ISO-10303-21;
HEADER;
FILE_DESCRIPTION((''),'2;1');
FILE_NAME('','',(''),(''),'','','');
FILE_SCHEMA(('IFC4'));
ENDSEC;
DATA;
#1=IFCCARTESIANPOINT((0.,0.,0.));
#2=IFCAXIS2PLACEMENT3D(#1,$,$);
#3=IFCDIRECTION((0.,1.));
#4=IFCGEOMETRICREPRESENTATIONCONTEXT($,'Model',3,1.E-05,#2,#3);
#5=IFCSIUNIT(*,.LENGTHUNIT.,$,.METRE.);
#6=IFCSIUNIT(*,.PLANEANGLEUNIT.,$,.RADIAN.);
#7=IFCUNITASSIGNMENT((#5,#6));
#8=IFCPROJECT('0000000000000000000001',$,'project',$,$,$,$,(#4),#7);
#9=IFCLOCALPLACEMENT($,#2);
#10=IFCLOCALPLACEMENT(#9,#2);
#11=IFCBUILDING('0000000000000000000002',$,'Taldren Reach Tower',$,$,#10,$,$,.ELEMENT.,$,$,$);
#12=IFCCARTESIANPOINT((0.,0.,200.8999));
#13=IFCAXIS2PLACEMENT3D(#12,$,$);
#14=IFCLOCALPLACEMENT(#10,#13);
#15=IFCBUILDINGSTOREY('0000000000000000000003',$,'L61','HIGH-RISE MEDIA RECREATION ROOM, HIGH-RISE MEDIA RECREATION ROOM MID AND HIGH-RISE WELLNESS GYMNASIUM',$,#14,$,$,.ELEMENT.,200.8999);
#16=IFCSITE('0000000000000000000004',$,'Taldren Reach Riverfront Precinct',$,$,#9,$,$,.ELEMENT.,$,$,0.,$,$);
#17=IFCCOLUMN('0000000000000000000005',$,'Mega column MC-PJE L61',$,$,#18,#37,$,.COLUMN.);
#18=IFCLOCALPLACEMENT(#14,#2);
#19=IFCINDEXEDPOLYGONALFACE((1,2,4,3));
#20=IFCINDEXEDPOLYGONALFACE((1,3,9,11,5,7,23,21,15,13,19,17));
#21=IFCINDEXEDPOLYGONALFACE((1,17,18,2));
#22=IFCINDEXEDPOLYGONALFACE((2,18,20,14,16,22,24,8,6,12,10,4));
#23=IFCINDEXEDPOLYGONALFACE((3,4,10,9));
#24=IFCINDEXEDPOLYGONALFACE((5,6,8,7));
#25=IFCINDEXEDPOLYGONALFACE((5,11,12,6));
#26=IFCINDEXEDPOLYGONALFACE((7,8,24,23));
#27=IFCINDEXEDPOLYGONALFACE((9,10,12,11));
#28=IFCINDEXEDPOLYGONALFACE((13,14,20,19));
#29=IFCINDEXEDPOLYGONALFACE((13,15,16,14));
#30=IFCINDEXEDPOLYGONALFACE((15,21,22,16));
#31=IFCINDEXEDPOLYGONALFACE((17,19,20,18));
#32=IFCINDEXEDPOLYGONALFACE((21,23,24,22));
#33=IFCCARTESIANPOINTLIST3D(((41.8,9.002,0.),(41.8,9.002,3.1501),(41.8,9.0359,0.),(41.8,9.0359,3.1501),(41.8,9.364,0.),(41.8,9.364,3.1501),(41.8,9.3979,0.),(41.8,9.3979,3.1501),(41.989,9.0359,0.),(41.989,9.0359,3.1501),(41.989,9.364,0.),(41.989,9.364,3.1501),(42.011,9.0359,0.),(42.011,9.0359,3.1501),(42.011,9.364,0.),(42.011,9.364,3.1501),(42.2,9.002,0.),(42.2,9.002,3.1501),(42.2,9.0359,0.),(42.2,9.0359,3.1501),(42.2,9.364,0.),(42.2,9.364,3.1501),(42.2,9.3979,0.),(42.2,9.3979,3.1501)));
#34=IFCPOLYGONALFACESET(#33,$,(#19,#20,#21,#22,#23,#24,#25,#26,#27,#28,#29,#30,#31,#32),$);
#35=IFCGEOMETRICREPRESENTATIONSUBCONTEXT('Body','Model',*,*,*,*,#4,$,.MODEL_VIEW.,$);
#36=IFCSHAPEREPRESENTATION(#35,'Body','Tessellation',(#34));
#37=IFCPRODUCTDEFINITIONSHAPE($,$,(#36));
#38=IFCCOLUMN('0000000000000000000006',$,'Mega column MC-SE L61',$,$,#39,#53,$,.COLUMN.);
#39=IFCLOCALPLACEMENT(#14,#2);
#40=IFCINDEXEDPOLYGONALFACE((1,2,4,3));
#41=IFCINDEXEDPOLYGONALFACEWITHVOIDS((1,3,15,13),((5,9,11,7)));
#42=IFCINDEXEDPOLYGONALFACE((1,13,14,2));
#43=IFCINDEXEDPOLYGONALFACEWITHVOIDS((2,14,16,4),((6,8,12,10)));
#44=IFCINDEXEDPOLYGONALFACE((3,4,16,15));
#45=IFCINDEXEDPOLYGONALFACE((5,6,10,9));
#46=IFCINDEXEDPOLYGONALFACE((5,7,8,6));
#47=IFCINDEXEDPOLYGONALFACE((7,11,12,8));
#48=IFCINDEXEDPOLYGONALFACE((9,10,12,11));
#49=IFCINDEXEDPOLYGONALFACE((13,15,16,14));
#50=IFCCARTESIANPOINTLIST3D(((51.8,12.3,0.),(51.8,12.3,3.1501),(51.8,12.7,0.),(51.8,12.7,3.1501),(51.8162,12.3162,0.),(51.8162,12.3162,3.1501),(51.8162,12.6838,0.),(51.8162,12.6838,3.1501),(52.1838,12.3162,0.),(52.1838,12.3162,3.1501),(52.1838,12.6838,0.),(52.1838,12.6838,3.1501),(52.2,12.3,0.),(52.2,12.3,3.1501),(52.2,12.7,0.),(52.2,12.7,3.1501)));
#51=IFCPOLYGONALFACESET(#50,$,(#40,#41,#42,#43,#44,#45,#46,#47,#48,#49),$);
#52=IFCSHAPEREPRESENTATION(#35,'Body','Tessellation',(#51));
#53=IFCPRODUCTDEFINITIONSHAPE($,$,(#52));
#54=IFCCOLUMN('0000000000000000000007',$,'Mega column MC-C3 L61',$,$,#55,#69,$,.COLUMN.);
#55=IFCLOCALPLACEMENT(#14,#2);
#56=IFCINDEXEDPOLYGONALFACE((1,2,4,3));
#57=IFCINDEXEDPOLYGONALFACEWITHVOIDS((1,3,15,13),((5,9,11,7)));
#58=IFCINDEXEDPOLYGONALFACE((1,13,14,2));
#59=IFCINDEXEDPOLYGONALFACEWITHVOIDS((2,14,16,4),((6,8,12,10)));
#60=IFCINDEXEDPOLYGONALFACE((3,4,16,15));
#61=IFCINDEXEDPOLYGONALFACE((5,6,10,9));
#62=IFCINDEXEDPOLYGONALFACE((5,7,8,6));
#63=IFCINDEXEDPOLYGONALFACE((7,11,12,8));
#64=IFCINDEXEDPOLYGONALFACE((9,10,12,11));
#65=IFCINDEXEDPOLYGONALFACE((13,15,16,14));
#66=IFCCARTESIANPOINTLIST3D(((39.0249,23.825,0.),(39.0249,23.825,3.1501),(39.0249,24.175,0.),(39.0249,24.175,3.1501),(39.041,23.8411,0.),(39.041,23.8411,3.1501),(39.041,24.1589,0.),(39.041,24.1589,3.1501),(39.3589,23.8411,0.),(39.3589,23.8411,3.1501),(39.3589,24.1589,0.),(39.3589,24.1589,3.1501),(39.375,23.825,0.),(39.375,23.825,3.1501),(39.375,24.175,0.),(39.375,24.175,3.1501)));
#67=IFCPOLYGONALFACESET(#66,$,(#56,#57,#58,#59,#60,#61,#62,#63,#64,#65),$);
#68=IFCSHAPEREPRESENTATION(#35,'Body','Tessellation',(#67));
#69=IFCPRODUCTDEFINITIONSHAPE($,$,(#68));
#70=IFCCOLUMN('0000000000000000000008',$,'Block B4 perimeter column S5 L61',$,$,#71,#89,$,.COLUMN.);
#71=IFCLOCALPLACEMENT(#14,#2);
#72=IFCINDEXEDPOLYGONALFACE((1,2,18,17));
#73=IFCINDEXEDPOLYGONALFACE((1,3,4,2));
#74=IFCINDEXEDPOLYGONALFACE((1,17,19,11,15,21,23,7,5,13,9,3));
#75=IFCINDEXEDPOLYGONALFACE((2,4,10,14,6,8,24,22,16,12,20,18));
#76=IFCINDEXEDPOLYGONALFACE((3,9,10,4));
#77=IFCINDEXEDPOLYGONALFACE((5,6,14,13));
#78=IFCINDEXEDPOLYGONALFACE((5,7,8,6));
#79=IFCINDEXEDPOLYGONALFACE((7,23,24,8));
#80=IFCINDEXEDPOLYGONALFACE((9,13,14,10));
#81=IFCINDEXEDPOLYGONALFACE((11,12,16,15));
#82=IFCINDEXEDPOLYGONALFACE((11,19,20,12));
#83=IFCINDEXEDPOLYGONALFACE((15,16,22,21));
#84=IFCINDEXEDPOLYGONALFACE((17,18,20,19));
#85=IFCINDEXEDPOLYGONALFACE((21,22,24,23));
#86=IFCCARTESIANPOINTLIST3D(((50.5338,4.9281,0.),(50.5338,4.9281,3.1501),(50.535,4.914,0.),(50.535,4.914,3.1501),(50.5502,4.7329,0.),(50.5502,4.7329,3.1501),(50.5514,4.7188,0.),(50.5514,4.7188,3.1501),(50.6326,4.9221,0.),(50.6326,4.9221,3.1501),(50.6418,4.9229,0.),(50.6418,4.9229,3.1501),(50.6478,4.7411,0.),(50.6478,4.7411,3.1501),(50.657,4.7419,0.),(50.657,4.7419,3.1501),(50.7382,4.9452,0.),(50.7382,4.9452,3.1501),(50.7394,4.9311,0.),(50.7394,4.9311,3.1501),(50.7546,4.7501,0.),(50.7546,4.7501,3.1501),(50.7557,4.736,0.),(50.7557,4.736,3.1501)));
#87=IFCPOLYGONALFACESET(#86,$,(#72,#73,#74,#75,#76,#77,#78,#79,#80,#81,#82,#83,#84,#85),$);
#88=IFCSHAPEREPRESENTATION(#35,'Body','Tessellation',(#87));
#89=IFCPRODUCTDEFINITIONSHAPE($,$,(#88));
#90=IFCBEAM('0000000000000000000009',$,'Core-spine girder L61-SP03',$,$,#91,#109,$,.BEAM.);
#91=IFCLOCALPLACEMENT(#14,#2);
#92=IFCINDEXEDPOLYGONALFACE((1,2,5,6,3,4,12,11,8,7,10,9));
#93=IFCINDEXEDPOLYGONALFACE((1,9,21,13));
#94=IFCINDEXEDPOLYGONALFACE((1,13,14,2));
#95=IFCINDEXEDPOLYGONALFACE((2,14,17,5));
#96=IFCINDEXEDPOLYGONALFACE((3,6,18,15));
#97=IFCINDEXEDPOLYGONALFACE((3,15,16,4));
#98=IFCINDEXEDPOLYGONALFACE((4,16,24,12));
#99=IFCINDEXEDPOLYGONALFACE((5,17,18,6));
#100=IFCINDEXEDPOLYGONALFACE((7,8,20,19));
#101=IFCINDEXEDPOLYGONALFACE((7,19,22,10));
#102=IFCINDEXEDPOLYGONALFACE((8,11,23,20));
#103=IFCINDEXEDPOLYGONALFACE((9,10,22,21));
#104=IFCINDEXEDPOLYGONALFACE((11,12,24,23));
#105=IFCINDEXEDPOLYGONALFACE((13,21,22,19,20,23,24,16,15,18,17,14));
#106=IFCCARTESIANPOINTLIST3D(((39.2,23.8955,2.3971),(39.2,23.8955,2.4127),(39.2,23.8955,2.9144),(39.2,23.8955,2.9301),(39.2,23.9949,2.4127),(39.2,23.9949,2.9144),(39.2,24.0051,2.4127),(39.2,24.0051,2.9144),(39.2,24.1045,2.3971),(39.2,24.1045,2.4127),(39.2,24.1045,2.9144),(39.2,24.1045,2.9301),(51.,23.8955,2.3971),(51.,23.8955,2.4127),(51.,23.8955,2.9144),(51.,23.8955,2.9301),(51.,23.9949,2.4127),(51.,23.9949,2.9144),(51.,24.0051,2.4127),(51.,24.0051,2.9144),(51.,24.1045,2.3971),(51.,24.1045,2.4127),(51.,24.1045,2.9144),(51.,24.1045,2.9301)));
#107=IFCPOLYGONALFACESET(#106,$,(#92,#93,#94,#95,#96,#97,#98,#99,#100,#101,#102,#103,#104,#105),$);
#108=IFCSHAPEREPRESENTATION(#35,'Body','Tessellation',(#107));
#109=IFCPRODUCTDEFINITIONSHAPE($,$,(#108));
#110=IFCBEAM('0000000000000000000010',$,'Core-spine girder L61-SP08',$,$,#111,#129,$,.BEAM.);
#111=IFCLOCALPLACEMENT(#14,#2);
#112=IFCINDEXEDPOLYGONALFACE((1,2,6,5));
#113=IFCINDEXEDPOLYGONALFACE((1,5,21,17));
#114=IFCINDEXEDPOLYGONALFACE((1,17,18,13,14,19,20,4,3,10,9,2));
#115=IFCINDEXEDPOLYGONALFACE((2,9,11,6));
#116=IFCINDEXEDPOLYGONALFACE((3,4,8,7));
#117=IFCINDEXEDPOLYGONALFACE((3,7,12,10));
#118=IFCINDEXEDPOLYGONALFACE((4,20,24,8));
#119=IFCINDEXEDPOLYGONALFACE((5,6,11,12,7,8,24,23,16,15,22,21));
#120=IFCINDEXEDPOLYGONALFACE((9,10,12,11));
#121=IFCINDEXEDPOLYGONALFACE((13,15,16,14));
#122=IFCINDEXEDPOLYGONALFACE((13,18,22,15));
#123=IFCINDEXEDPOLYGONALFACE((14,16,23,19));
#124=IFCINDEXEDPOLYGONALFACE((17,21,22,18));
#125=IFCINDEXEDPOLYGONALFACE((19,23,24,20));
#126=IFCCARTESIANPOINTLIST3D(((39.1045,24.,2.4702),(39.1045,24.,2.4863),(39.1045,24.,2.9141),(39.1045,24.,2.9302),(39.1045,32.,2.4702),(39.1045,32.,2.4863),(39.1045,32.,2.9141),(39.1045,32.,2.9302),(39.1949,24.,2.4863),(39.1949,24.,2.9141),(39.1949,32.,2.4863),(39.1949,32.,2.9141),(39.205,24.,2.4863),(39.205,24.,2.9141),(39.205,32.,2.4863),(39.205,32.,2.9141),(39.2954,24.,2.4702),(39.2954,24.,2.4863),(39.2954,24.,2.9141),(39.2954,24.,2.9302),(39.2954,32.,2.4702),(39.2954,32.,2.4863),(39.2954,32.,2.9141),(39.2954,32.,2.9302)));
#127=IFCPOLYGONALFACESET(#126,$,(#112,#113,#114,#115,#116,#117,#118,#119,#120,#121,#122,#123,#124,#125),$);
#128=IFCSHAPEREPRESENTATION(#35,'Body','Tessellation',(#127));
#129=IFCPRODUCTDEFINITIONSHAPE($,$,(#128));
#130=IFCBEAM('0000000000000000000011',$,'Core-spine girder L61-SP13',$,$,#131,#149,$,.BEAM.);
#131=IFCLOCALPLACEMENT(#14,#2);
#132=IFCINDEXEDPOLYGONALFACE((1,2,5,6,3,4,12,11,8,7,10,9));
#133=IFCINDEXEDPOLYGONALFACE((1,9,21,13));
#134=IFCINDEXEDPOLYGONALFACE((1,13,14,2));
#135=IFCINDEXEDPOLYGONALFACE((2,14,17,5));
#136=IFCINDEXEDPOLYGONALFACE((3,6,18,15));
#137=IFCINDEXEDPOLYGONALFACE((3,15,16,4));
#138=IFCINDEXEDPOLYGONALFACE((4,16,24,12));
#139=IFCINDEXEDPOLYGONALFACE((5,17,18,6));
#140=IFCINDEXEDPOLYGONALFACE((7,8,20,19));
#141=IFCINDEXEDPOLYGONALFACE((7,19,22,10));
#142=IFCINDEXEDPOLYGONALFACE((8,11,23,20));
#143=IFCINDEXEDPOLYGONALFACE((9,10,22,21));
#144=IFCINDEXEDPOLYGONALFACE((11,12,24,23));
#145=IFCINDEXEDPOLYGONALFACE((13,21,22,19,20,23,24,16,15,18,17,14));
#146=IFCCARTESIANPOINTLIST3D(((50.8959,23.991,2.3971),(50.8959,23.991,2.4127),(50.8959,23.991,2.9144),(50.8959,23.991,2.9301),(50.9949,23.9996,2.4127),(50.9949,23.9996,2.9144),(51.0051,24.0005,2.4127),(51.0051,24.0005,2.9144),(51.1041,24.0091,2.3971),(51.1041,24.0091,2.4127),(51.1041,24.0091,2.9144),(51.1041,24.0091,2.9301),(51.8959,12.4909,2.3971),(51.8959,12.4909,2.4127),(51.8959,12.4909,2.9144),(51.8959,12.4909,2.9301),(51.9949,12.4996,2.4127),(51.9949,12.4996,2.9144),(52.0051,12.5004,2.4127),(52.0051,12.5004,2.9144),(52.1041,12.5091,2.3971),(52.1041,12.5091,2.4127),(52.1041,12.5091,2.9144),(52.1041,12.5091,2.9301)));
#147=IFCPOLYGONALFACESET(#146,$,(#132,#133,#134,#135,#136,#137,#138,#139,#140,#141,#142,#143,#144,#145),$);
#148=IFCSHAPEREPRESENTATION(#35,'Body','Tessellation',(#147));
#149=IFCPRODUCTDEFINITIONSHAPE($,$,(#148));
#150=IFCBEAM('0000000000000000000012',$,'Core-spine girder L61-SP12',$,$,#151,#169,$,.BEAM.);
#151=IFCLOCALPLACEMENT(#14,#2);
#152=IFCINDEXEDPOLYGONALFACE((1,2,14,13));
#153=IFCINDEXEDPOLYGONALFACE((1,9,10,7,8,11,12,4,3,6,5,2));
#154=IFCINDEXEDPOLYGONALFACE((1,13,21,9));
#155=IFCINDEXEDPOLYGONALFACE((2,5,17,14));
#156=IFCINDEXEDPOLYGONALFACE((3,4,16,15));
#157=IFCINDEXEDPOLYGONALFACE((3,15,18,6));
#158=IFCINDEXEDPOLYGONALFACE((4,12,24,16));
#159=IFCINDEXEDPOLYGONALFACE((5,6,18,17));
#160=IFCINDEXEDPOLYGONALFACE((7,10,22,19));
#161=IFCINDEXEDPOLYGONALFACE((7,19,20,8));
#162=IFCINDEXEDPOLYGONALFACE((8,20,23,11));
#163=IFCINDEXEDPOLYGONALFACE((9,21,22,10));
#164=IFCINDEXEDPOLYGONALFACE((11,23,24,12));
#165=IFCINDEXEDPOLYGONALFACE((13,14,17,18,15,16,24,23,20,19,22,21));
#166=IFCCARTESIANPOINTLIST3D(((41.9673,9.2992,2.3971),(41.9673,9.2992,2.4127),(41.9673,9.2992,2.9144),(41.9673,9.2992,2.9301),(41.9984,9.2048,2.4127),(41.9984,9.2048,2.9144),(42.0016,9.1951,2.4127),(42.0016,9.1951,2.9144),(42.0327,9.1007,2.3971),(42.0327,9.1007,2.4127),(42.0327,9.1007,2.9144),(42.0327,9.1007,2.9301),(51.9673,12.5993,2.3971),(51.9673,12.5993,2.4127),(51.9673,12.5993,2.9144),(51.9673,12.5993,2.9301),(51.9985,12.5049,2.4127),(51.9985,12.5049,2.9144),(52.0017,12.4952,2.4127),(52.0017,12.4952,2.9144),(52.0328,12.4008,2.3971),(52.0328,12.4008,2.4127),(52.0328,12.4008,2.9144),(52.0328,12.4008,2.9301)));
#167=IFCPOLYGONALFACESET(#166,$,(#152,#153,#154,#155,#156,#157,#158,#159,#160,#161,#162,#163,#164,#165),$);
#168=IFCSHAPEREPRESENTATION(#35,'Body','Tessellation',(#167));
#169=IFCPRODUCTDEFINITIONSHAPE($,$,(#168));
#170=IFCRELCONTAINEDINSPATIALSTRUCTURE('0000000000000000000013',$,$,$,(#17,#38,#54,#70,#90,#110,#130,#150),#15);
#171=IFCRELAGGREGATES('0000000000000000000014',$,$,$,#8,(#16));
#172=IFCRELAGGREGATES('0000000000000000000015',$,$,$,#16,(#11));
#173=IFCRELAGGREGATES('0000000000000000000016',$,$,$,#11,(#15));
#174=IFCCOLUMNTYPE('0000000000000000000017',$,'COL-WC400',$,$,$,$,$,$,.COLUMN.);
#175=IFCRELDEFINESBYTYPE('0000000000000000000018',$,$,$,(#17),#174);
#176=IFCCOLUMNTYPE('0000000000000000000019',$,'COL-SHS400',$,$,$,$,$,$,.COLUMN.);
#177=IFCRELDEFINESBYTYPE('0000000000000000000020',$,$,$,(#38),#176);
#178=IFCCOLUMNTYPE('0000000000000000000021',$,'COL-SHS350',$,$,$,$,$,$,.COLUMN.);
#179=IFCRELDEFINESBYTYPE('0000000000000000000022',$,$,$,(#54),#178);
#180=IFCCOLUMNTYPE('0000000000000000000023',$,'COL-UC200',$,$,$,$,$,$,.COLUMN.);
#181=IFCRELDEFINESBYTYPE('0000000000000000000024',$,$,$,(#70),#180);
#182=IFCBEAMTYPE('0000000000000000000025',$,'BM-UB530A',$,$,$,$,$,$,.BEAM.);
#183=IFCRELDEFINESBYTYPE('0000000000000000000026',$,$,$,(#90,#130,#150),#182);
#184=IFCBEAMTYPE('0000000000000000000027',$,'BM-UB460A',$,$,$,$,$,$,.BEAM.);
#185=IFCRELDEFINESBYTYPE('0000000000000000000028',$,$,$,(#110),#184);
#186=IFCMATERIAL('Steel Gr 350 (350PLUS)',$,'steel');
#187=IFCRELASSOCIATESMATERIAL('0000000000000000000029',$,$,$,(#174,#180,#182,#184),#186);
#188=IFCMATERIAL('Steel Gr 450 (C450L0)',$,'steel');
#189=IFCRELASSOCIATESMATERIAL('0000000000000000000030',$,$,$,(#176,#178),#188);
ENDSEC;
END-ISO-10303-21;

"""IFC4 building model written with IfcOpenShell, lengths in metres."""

from ifc_helpers import new_model, si_unit, direction, frame, origin, origin_2d, place, context, subcontext, project, spatial, hollow_rectangle, i_section, extrude, source, transform, mapped, material, material_profile, profile_set, type_object, element, save


model = new_model("IFC4")

# Units and contexts
model_context = context("Model", 3, precision=1e-05, world=origin(), true_north=direction((0.0, 1.0)))
body_context = subcontext(model_context, "Body", "Model", "MODEL_VIEW")
ifc_project = project(units=[si_unit("LENGTHUNIT", "METRE"), si_unit("PLANEANGLEUNIT", "RADIAN")], contexts=[model_context])

# Site, building, storey
site_placement = place(None, origin())
site = spatial("IfcSite", under=ifc_project, at=site_placement, Name="Taldren Reach Riverfront Precinct", CompositionType="ELEMENT", RefElevation=0.0)
building_placement = place(site_placement, origin())
building = spatial("IfcBuilding", under=site, at=building_placement, Name="Taldren Reach Tower", CompositionType="ELEMENT")
storey_placement = place(building_placement, frame((0.0, 0.0, 200.8999)))
storey = spatial("IfcBuildingStorey", under=building, at=storey_placement, Name="L61", Description="HIGH-RISE MEDIA RECREATION ROOM, HIGH-RISE MEDIA RECREATION ROOM MID AND HIGH-RISE WELLNESS GYMNASIUM", CompositionType="ELEMENT", Elevation=200.8999)

# Columns
ifc_material_1 = material(Name="Steel Gr 350 (350PLUS)", Category="steel")
ifc_material_profile_1 = material_profile(ifc_material_1, i_section(OverallWidth=0.3999, OverallDepth=0.396, WebThickness=0.022, FlangeThickness=0.0339, at=origin_2d()), Name="400WC270")
ifc_profile_set_1 = profile_set([ifc_material_profile_1], Name="Steel Gr 350 (350PLUS)")
column_type_1 = type_object("IfcColumnType", Name="COL-WC400", PredefinedType="COLUMN", material=ifc_profile_set_1)
shared_shape_1 = source(origin(), body_context, "Body", "SweptSolid", [
    extrude(i_section(OverallWidth=0.3999, OverallDepth=0.396, WebThickness=0.022, FlangeThickness=0.0339, at=origin_2d()), origin(), (0.0, 0.0, 1.0), 3.1501),
])
column_1_placement = place(storey_placement, frame((42.0, 9.2, 0.0), z_axis=(0.0, 0.0, 1.0), x_axis=(1.0, 0.0, 0.0)))
element("IfcColumn", 1, at=column_1_placement, inside=storey, type_object=column_type_1, Name="Mega column MC-PJE L61", PredefinedType="COLUMN", context=body_context, shape_type="MappedRepresentation", body=[
    mapped(shared_shape_1, transform((0.0, 0.0, 0.0), scale=1.0)),
])
ifc_material_2 = material(Name="Steel Gr 450 (C450L0)", Category="steel")
ifc_material_profile_2 = material_profile(ifc_material_2, hollow_rectangle(XDim=0.3999, YDim=0.3999, WallThickness=0.0161, at=origin_2d()), Name="400x400x16.0SHS")
ifc_profile_set_2 = profile_set([ifc_material_profile_2], Name="Steel Gr 450 (C450L0)")
column_type_2 = type_object("IfcColumnType", Name="COL-SHS400", PredefinedType="COLUMN", material=ifc_profile_set_2)
shared_shape_2 = source(origin(), body_context, "Body", "SweptSolid", [
    extrude(hollow_rectangle(XDim=0.3999, YDim=0.3999, WallThickness=0.0161, at=origin_2d()), origin(), (0.0, 0.0, 1.0), 3.1501),
])
column_2_placement = place(storey_placement, frame((52.0, 12.5, 0.0), z_axis=(0.0, 0.0, 1.0), x_axis=(1.0, 0.0, 0.0)))
element("IfcColumn", 2, at=column_2_placement, inside=storey, type_object=column_type_2, Name="Mega column MC-SE L61", PredefinedType="COLUMN", context=body_context, shape_type="MappedRepresentation", body=[
    mapped(shared_shape_2, transform((0.0, 0.0, 0.0), scale=1.0)),
])
ifc_material_profile_3 = material_profile(ifc_material_2, hollow_rectangle(XDim=0.3501, YDim=0.3501, WallThickness=0.0161, at=origin_2d()), Name="350x350x16.0SHS")
ifc_profile_set_3 = profile_set([ifc_material_profile_3], Name="Steel Gr 450 (C450L0)")
column_type_3 = type_object("IfcColumnType", Name="COL-SHS350", PredefinedType="COLUMN", material=ifc_profile_set_3)
shared_shape_3 = source(origin(), body_context, "Body", "SweptSolid", [
    extrude(hollow_rectangle(XDim=0.3501, YDim=0.3501, WallThickness=0.0161, at=origin_2d()), origin(), (0.0, 0.0, 1.0), 3.1501),
])
column_3_placement = place(storey_placement, frame((39.2, 24.0, 0.0), z_axis=(0.0, 0.0, 1.0), x_axis=(1.0, 0.0, 0.0)))
element("IfcColumn", 3, at=column_3_placement, inside=storey, type_object=column_type_3, Name="Mega column MC-C3 L61", PredefinedType="COLUMN", context=body_context, shape_type="MappedRepresentation", body=[
    mapped(shared_shape_3, transform((0.0, 0.0, 0.0), scale=1.0)),
])
ifc_material_profile_4 = material_profile(ifc_material_1, i_section(OverallWidth=0.2051, OverallDepth=0.21, WebThickness=0.0093, FlangeThickness=0.0142, at=origin_2d()), Name="200UC59.5")
ifc_profile_set_4 = profile_set([ifc_material_profile_4], Name="Steel Gr 350 (350PLUS)")
column_type_4 = type_object("IfcColumnType", Name="COL-UC200", PredefinedType="COLUMN", material=ifc_profile_set_4)
shared_shape_4 = source(origin(), body_context, "Body", "SweptSolid", [
    extrude(i_section(OverallWidth=0.2051, OverallDepth=0.21, WebThickness=0.0093, FlangeThickness=0.0142, at=origin_2d()), origin(), (0.0, 0.0, 1.0), 3.1501),
])
column_4_placement = place(storey_placement, frame((50.6448, 4.832, 0.0), z_axis=(0.0, 0.0, 1.0), x_axis=(0.996493, 0.083678, 0.0)))
element("IfcColumn", 4, at=column_4_placement, inside=storey, type_object=column_type_4, Name="Block B4 perimeter column S5 L61", PredefinedType="COLUMN", context=body_context, shape_type="MappedRepresentation", body=[
    mapped(shared_shape_4, transform((0.0, 0.0, 0.0), scale=1.0)),
])

# Beams
ifc_material_profile_5 = material_profile(ifc_material_1, i_section(OverallWidth=0.209, OverallDepth=0.533, WebThickness=0.0103, FlangeThickness=0.0156, at=origin_2d()), Name="530UB92.4")
ifc_profile_set_5 = profile_set([ifc_material_profile_5], Name="Steel Gr 350 (350PLUS)")
beam_type_1 = type_object("IfcBeamType", Name="BM-UB530A", PredefinedType="BEAM", material=ifc_profile_set_5)
shared_shape_5 = source(origin(), body_context, "Body", "SweptSolid", [
    extrude(i_section(OverallWidth=0.209, OverallDepth=0.533, WebThickness=0.0103, FlangeThickness=0.0156, at=origin_2d()), origin(), (0.0, 0.0, 1.0), 11.8),
])
beam_1_placement = place(storey_placement, frame((39.2, 24.0, 2.6636), z_axis=(1.0, 0.0, 0.0), x_axis=(0.0, 1.0, 0.0)))
element("IfcBeam", 5, at=beam_1_placement, inside=storey, type_object=beam_type_1, Name="Core-spine girder L61-SP03", PredefinedType="BEAM", context=body_context, shape_type="MappedRepresentation", body=[
    mapped(shared_shape_5, transform((0.0, 0.0, 0.0), scale=1.0)),
])
ifc_material_profile_6 = material_profile(ifc_material_1, i_section(OverallWidth=0.1909, OverallDepth=0.46, WebThickness=0.01, FlangeThickness=0.0161, at=origin_2d()), Name="460UB82.1")
ifc_profile_set_6 = profile_set([ifc_material_profile_6], Name="Steel Gr 350 (350PLUS)")
beam_type_2 = type_object("IfcBeamType", Name="BM-UB460A", PredefinedType="BEAM", material=ifc_profile_set_6)
shared_shape_6 = source(origin(), body_context, "Body", "SweptSolid", [
    extrude(i_section(OverallWidth=0.1909, OverallDepth=0.46, WebThickness=0.01, FlangeThickness=0.0161, at=origin_2d()), origin(), (0.0, 0.0, 1.0), 8.0),
])
beam_2_placement = place(storey_placement, frame((39.2, 24.0, 2.7002), z_axis=(0.0, 1.0, 0.0), x_axis=(-1.0, 0.0, 0.0)))
element("IfcBeam", 6, at=beam_2_placement, inside=storey, type_object=beam_type_2, Name="Core-spine girder L61-SP08", PredefinedType="BEAM", context=body_context, shape_type="MappedRepresentation", body=[
    mapped(shared_shape_6, transform((0.0, 0.0, 0.0), scale=1.0)),
])
shared_shape_7 = source(origin(), body_context, "Body", "SweptSolid", [
    extrude(i_section(OverallWidth=0.209, OverallDepth=0.533, WebThickness=0.0103, FlangeThickness=0.0156, at=origin_2d()), origin(), (0.0, 0.0, 1.0), 11.5435),
])
beam_3_placement = place(storey_placement, frame((52.0, 12.5, 2.6636), z_axis=(-0.08663, 0.996241, 0.0), x_axis=(-0.996241, -0.08663, 0.0)))
element("IfcBeam", 7, at=beam_3_placement, inside=storey, type_object=beam_type_1, Name="Core-spine girder L61-SP13", PredefinedType="BEAM", context=body_context, shape_type="MappedRepresentation", body=[
    mapped(shared_shape_7, transform((0.0, 0.0, 0.0), scale=1.0)),
])
shared_shape_8 = source(origin(), body_context, "Body", "SweptSolid", [
    extrude(i_section(OverallWidth=0.209, OverallDepth=0.533, WebThickness=0.0103, FlangeThickness=0.0156, at=origin_2d()), origin(), (0.0, 0.0, 1.0), 10.5305),
])
beam_4_placement = place(storey_placement, frame((42.0, 9.2, 2.6636), z_axis=(0.949627, 0.313382, 0.0), x_axis=(-0.313382, 0.949627, 0.0)))
element("IfcBeam", 8, at=beam_4_placement, inside=storey, type_object=beam_type_1, Name="Core-spine girder L61-SP12", PredefinedType="BEAM", context=body_context, shape_type="MappedRepresentation", body=[
    mapped(shared_shape_8, transform((0.0, 0.0, 0.0), scale=1.0)),
])

save(model, "model.ifc")
